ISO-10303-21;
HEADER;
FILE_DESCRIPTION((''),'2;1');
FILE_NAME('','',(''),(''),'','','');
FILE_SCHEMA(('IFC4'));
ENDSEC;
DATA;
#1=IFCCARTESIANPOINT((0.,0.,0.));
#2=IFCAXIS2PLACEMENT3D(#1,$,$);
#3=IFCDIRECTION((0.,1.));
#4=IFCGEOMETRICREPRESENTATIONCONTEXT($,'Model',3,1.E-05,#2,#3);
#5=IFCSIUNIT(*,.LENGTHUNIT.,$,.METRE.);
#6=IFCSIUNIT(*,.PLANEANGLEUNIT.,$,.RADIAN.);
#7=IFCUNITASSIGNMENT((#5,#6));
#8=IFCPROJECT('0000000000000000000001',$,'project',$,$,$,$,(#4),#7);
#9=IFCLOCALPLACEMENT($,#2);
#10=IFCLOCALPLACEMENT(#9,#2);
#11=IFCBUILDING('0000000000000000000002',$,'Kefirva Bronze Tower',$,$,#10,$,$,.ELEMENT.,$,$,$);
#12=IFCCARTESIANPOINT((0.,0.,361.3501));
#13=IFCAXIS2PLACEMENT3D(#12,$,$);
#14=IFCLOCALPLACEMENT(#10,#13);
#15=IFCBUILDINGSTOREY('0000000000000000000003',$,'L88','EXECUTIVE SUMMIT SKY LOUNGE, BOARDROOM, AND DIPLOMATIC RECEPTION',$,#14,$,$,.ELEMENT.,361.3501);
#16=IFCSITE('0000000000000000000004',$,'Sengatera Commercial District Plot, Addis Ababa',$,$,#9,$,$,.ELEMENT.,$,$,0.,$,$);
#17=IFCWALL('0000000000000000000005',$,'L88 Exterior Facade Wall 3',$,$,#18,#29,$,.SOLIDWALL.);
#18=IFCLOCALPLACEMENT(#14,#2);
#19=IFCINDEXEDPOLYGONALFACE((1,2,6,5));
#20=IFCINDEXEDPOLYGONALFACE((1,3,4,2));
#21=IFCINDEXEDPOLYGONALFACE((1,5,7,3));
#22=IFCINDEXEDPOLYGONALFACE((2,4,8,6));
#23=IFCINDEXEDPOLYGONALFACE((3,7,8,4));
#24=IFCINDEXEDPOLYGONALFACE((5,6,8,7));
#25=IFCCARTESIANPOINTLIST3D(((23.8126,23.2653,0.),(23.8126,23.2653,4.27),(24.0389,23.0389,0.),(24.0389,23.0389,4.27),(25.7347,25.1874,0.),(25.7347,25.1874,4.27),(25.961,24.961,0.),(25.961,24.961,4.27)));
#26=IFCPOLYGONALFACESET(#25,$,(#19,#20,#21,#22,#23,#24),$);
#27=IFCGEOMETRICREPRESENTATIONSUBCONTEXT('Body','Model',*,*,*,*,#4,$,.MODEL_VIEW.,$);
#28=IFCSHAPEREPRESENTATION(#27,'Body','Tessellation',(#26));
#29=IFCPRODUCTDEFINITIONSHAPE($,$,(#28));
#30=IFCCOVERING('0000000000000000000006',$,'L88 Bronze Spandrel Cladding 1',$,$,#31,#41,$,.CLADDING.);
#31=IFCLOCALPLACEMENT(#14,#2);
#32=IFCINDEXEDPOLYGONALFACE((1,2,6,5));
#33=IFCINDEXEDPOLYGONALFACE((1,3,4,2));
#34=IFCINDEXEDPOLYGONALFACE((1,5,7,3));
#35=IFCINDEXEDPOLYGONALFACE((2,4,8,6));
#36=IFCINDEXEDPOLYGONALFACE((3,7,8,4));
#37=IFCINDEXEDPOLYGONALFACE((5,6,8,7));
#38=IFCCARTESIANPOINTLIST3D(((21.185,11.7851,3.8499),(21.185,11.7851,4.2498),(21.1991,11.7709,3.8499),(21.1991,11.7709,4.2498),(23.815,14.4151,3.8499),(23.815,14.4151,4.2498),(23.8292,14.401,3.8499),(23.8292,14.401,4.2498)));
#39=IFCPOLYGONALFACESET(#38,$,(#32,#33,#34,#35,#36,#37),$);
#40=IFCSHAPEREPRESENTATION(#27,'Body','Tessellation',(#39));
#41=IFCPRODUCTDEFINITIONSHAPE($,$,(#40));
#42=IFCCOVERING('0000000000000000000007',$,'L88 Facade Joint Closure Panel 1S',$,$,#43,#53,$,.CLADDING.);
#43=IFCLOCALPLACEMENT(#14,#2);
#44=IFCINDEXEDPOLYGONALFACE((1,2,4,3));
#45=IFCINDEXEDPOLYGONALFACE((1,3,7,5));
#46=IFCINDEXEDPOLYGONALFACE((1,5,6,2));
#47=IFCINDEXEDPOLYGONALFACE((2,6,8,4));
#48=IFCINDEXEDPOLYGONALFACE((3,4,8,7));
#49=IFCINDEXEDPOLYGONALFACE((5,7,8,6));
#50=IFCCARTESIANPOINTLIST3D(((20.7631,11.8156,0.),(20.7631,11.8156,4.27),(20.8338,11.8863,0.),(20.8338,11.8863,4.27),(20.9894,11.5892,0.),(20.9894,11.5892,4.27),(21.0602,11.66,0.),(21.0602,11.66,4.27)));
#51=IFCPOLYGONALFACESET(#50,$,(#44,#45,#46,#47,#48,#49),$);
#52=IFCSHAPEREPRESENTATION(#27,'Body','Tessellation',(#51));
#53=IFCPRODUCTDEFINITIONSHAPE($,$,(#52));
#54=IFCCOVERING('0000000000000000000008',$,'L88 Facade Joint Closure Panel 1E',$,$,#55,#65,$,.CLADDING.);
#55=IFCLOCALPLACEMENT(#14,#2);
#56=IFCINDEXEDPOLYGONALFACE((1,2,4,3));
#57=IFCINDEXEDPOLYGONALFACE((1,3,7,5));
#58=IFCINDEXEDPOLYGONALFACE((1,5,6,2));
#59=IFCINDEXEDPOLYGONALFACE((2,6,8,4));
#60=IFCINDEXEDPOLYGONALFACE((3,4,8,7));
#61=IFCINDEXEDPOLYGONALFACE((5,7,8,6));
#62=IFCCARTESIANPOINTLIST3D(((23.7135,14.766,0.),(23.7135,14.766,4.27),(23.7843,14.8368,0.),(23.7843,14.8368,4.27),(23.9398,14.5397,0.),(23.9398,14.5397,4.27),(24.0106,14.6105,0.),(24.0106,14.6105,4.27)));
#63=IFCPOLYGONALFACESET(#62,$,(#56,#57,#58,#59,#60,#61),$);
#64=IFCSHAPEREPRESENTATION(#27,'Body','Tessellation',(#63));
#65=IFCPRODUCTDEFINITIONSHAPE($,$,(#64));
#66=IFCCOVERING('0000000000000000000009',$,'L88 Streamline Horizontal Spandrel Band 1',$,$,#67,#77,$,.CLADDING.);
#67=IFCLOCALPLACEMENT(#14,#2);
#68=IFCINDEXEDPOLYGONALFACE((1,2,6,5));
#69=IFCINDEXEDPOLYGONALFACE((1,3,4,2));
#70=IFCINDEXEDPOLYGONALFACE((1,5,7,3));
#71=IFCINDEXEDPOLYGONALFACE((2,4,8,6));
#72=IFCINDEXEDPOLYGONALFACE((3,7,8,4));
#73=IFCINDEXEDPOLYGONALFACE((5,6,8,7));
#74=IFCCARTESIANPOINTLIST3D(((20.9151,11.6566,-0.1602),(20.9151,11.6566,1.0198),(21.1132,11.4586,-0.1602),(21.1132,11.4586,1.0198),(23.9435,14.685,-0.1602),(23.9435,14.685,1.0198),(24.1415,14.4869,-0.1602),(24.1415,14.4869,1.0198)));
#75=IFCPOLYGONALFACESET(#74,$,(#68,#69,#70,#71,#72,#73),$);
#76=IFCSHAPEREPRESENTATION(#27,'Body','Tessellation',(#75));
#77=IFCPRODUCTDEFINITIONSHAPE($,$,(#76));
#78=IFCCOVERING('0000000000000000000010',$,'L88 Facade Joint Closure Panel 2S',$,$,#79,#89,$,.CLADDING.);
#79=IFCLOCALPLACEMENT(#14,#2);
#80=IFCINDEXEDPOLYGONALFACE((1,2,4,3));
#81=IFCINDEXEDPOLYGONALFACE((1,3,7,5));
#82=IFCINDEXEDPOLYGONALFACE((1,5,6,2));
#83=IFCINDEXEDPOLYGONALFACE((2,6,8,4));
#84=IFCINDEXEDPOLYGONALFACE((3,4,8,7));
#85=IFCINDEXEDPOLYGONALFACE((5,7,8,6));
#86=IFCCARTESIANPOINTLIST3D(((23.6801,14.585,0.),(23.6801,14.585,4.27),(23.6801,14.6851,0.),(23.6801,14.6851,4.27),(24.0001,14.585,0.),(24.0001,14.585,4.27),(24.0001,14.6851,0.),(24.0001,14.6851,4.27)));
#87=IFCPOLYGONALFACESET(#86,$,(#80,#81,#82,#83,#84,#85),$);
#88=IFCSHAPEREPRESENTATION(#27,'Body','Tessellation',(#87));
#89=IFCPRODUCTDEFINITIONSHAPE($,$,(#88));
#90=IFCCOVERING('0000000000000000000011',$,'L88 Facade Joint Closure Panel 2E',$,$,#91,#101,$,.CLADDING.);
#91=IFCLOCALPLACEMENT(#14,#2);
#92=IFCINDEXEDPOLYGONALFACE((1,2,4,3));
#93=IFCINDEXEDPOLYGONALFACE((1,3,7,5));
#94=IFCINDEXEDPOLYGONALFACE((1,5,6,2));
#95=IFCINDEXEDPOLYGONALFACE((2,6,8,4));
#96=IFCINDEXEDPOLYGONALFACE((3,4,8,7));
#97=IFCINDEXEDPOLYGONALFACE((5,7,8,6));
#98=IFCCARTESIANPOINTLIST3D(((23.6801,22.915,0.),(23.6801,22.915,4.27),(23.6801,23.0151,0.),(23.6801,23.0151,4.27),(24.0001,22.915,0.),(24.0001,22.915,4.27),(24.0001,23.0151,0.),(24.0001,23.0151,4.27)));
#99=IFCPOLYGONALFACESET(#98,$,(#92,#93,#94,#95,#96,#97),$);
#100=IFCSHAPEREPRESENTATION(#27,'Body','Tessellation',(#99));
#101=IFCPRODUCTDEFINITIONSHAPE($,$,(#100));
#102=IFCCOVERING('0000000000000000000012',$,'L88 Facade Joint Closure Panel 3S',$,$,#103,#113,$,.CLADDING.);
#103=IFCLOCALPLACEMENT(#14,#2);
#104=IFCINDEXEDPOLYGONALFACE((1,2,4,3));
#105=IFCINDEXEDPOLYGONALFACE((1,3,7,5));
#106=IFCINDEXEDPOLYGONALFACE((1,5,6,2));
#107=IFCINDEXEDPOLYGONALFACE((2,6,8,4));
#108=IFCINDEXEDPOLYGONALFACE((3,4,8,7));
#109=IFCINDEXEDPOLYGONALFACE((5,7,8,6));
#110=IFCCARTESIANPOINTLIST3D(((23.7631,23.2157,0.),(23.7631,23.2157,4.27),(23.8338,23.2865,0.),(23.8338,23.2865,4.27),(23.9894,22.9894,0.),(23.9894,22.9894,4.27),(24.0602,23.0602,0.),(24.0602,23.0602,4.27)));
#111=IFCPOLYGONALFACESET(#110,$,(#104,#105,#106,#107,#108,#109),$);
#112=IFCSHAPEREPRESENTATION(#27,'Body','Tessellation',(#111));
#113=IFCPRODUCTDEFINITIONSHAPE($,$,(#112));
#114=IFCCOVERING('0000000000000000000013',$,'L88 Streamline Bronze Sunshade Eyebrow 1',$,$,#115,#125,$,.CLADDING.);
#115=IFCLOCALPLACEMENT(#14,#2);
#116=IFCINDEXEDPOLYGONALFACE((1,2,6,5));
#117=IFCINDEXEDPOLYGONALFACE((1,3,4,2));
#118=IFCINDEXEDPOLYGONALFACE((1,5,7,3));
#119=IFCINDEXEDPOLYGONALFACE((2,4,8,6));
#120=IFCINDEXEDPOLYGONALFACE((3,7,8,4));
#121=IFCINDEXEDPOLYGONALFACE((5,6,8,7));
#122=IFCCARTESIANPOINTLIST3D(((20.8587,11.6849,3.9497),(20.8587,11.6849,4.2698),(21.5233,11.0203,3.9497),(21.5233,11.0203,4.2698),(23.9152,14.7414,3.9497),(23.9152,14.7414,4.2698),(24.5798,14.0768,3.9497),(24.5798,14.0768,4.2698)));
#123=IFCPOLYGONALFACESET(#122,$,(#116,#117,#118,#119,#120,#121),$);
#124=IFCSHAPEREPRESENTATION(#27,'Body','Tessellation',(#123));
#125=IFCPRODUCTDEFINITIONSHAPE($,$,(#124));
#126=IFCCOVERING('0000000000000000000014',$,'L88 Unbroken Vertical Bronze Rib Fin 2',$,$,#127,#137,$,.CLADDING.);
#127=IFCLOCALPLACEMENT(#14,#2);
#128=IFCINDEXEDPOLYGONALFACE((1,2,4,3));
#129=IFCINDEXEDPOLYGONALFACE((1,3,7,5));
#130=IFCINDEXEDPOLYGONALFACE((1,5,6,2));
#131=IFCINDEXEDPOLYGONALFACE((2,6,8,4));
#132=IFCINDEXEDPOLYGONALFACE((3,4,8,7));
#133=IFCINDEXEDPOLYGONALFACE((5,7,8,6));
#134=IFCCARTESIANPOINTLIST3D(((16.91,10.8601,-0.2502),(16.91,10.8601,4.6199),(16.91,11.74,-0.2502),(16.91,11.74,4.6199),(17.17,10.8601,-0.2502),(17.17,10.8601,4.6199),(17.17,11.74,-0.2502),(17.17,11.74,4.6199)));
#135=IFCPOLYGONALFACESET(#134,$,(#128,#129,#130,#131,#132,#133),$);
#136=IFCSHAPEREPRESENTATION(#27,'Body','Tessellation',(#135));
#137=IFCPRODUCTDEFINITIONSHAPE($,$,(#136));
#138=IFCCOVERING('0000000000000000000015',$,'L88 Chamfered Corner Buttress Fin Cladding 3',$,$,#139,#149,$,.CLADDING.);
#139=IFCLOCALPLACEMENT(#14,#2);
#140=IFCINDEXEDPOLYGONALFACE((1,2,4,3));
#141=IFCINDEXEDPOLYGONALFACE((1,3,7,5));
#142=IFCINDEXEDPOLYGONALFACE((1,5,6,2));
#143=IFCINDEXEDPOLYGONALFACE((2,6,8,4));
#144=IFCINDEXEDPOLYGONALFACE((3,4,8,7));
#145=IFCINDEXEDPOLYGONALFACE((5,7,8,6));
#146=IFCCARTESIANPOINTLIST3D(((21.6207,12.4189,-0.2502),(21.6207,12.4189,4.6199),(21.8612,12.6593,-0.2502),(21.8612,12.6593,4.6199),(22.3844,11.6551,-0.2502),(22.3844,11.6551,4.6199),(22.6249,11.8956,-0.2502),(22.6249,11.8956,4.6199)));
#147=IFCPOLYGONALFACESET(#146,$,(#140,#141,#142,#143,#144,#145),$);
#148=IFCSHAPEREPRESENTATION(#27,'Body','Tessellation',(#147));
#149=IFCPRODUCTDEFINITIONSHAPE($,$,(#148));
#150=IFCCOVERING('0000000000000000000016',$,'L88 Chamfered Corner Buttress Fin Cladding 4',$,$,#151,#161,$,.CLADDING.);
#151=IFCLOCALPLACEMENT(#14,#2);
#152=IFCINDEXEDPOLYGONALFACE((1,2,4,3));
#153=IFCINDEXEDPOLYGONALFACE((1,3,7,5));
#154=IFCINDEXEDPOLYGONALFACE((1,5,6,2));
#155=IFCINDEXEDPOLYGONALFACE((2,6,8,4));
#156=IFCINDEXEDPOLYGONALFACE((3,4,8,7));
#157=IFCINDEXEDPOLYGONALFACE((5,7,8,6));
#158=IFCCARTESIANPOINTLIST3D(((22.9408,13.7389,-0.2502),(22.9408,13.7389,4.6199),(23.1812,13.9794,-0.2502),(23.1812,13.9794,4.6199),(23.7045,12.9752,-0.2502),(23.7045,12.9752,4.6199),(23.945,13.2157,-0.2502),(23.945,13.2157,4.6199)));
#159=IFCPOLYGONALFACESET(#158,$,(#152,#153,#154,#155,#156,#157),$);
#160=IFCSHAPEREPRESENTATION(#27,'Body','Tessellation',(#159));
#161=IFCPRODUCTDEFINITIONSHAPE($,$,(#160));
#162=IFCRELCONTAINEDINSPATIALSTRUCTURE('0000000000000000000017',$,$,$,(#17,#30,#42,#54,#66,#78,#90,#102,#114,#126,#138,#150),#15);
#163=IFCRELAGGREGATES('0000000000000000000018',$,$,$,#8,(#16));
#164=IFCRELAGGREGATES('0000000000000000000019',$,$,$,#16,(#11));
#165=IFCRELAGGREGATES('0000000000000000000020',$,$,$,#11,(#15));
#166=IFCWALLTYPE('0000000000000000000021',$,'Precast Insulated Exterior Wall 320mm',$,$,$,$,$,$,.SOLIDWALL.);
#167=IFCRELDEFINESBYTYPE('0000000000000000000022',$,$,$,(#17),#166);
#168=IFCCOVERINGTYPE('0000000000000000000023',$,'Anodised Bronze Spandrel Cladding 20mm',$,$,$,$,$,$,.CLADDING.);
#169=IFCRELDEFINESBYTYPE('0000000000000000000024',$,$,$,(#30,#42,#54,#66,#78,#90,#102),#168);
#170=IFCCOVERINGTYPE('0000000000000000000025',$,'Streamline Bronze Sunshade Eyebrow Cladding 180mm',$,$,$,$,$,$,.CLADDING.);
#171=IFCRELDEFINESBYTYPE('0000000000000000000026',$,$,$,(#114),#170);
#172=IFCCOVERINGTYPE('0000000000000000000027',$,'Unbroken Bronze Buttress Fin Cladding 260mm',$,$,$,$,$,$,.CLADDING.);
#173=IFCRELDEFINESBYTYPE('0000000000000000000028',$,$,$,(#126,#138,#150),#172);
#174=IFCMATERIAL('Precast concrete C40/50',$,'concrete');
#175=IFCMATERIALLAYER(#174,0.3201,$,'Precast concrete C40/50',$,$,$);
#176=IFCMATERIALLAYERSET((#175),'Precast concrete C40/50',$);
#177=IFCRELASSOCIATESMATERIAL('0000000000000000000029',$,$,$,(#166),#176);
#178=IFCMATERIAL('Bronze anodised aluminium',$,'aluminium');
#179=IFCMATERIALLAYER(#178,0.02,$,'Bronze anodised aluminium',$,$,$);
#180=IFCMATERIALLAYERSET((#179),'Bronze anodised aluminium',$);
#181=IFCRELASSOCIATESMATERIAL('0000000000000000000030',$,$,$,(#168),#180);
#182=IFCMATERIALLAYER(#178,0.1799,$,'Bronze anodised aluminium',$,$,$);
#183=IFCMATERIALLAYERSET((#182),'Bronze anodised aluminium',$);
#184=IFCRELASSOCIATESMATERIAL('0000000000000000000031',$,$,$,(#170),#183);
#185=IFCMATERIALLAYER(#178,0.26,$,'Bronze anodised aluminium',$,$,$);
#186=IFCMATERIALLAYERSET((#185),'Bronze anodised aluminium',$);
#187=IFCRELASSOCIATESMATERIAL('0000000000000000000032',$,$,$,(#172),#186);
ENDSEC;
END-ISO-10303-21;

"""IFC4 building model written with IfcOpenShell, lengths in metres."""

from ifc_helpers import new_model, si_unit, direction, frame, frame_2d, origin, origin_2d, place, context, subcontext, project, spatial, rectangle, extrude, material, layer, layer_set, type_object, element, save


model = new_model("IFC4")

# Units and contexts
model_context = context("Model", 3, precision=1e-05, world=origin(), true_north=direction((0.0, 1.0)))
body_context = subcontext(model_context, "Body", "Model", "MODEL_VIEW")
ifc_project = project(units=[si_unit("LENGTHUNIT", "METRE"), si_unit("PLANEANGLEUNIT", "RADIAN")], contexts=[model_context])

# Site, building, storey
site_placement = place(None, origin())
site = spatial("IfcSite", under=ifc_project, at=site_placement, Name="Sengatera Commercial District Plot, Addis Ababa", CompositionType="ELEMENT", RefElevation=0.0)
building_placement = place(site_placement, origin())
building = spatial("IfcBuilding", under=site, at=building_placement, Name="Kefirva Bronze Tower", CompositionType="ELEMENT")
storey_placement = place(building_placement, frame((0.0, 0.0, 361.3501)))
storey = spatial("IfcBuildingStorey", under=building, at=storey_placement, Name="L88", Description="EXECUTIVE SUMMIT SKY LOUNGE, BOARDROOM, AND DIPLOMATIC RECEPTION", CompositionType="ELEMENT", Elevation=361.3501)

# Shared definitions
ifc_material_1 = material(Name="Bronze anodised aluminium", Category="aluminium")

# Wall
ifc_material_2 = material(Name="Precast concrete C40/50", Category="concrete")
ifc_layer_1 = layer(ifc_material_2, 0.3201, Name="Precast concrete C40/50")
ifc_layer_set_1 = layer_set([ifc_layer_1], Name="Precast concrete C40/50")
wall_type_1 = type_object("IfcWallType", Name="Precast Insulated Exterior Wall 320mm", PredefinedType="SOLIDWALL", material=ifc_layer_set_1)
wall_1_placement = place(storey_placement, frame((23.9258, 23.1521, 0.0), z_axis=(0.0, 0.0, 1.0), x_axis=(0.707107, 0.707107, 0.0)))
element("IfcWall", 1, at=wall_1_placement, inside=storey, type_object=wall_type_1, Name="L88 Exterior Facade Wall 3", PredefinedType="SOLIDWALL", context=body_context, shape_type="SweptSolid", body=[
    extrude(rectangle(XDim=2.7183, YDim=0.3201, at=frame_2d((1.3591, 0.0))), origin(), (0.0, 0.0, 1.0), 4.27),
])

# Coverings
ifc_layer_2 = layer(ifc_material_1, 0.02, Name="Bronze anodised aluminium")
ifc_layer_set_2 = layer_set([ifc_layer_2], Name="Bronze anodised aluminium")
covering_type_1 = type_object("IfcCoveringType", Name="Anodised Bronze Spandrel Cladding 20mm", PredefinedType="CLADDING", material=ifc_layer_set_2)
covering_1_placement = place(storey_placement, frame((22.5071, 13.093, 3.8499), z_axis=(0.0, 0.0, 1.0), x_axis=(0.707107, 0.707107, 0.0)))
element("IfcCovering", 2, at=covering_1_placement, inside=storey, type_object=covering_type_1, Name="L88 Bronze Spandrel Cladding 1", PredefinedType="CLADDING", context=body_context, shape_type="SweptSolid", body=[
    extrude(rectangle(XDim=3.7195, YDim=0.02, at=origin_2d()), origin(), (0.0, 0.0, 1.0), 0.3999),
])
for number, where, z_axis, x_axis, name in (
    (3, (20.9116, 11.7378, 0.0), (0.0, 0.0, 1.0), (0.707107, 0.707107, 0.0), "L88 Facade Joint Closure Panel 1S"),
    (4, (23.8621, 14.6882, 0.0), (0.0, 0.0, 1.0), (0.707107, 0.707107, 0.0), "L88 Facade Joint Closure Panel 1E"),
):
    element("IfcCovering", number, at=place(storey_placement, frame(where, z_axis=z_axis, x_axis=x_axis)), inside=storey, type_object=covering_type_1, Name=name, PredefinedType="CLADDING", context=body_context, shape_type="SweptSolid", body=[
        extrude(rectangle(XDim=0.1001, YDim=0.3201, at=origin_2d()), origin(), (0.0, 0.0, 1.0), 4.27),
    ])
covering_2_placement = place(storey_placement, frame((22.5283, 13.0718, -0.1602), z_axis=(0.0, 0.0, 1.0), x_axis=(0.707107, 0.707107, 0.0)))
element("IfcCovering", 5, at=covering_2_placement, inside=storey, type_object=covering_type_1, Name="L88 Streamline Horizontal Spandrel Band 1", PredefinedType="CLADDING", context=body_context, shape_type="SweptSolid", body=[
    extrude(rectangle(XDim=4.2827, YDim=0.28, at=origin_2d()), origin(), (0.0, 0.0, 1.0), 1.1799),
])
for number, where, z_axis, x_axis, name in (
    (6, (23.8401, 14.635, 0.0), (0.0, 0.0, 1.0), (0.0, 1.0, 0.0), "L88 Facade Joint Closure Panel 2S"),
    (7, (23.8401, 22.9651, 0.0), (0.0, 0.0, 1.0), (0.0, 1.0, 0.0), "L88 Facade Joint Closure Panel 2E"),
    (8, (23.9116, 23.1379, 0.0), (0.0, 0.0, 1.0), (0.707107, 0.707107, 0.0), "L88 Facade Joint Closure Panel 3S"),
):
    element("IfcCovering", number, at=place(storey_placement, frame(where, z_axis=z_axis, x_axis=x_axis)), inside=storey, type_object=covering_type_1, Name=name, PredefinedType="CLADDING", context=body_context, shape_type="SweptSolid", body=[
        extrude(rectangle(XDim=0.1001, YDim=0.3201, at=origin_2d()), origin(), (0.0, 0.0, 1.0), 4.27),
    ])
ifc_layer_3 = layer(ifc_material_1, 0.1799, Name="Bronze anodised aluminium")
ifc_layer_set_3 = layer_set([ifc_layer_3], Name="Bronze anodised aluminium")
covering_type_2 = type_object("IfcCoveringType", Name="Streamline Bronze Sunshade Eyebrow Cladding 180mm", PredefinedType="CLADDING", material=ifc_layer_set_3)
covering_3_placement = place(storey_placement, frame((22.7192, 12.8809, 3.9497), z_axis=(0.0, 0.0, 1.0), x_axis=(0.707107, 0.707107, 0.0)))
element("IfcCovering", 9, at=covering_3_placement, inside=storey, type_object=covering_type_2, Name="L88 Streamline Bronze Sunshade Eyebrow 1", PredefinedType="CLADDING", context=body_context, shape_type="SweptSolid", body=[
    extrude(rectangle(XDim=4.3225, YDim=0.9399, at=origin_2d()), origin(), (0.0, 0.0, 1.0), 0.3201),
])
ifc_layer_4 = layer(ifc_material_1, 0.26, Name="Bronze anodised aluminium")
ifc_layer_set_4 = layer_set([ifc_layer_4], Name="Bronze anodised aluminium")
covering_type_3 = type_object("IfcCoveringType", Name="Unbroken Bronze Buttress Fin Cladding 260mm", PredefinedType="CLADDING", material=ifc_layer_set_4)
covering_4_placement = place(storey_placement, frame((17.04, 11.3, -0.2502), z_axis=(0.0, 0.0, 1.0), x_axis=(1.0, 0.0, 0.0)))
element("IfcCovering", 10, at=covering_4_placement, inside=storey, type_object=covering_type_3, Name="L88 Unbroken Vertical Bronze Rib Fin 2", PredefinedType="CLADDING", context=body_context, shape_type="SweptSolid", body=[
    extrude(rectangle(XDim=0.26, YDim=0.8799, at=origin_2d()), origin(), (0.0, 0.0, 1.0), 4.8701),
])
for number, where, z_axis, x_axis, name in (
    (11, (22.1228, 12.1572, -0.2502), (0.0, 0.0, 1.0), (0.707107, 0.707107, 0.0), "L88 Chamfered Corner Buttress Fin Cladding 3"),
    (12, (23.4429, 13.4773, -0.2502), (0.0, 0.0, 1.0), (0.707107, 0.707107, 0.0), "L88 Chamfered Corner Buttress Fin Cladding 4"),
):
    element("IfcCovering", number, at=place(storey_placement, frame(where, z_axis=z_axis, x_axis=x_axis)), inside=storey, type_object=covering_type_3, Name=name, PredefinedType="CLADDING", context=body_context, shape_type="SweptSolid", body=[
        extrude(rectangle(XDim=0.3401, YDim=1.0801, at=origin_2d()), origin(), (0.0, 0.0, 1.0), 4.8701),
    ])

save(model, "model.ifc")
